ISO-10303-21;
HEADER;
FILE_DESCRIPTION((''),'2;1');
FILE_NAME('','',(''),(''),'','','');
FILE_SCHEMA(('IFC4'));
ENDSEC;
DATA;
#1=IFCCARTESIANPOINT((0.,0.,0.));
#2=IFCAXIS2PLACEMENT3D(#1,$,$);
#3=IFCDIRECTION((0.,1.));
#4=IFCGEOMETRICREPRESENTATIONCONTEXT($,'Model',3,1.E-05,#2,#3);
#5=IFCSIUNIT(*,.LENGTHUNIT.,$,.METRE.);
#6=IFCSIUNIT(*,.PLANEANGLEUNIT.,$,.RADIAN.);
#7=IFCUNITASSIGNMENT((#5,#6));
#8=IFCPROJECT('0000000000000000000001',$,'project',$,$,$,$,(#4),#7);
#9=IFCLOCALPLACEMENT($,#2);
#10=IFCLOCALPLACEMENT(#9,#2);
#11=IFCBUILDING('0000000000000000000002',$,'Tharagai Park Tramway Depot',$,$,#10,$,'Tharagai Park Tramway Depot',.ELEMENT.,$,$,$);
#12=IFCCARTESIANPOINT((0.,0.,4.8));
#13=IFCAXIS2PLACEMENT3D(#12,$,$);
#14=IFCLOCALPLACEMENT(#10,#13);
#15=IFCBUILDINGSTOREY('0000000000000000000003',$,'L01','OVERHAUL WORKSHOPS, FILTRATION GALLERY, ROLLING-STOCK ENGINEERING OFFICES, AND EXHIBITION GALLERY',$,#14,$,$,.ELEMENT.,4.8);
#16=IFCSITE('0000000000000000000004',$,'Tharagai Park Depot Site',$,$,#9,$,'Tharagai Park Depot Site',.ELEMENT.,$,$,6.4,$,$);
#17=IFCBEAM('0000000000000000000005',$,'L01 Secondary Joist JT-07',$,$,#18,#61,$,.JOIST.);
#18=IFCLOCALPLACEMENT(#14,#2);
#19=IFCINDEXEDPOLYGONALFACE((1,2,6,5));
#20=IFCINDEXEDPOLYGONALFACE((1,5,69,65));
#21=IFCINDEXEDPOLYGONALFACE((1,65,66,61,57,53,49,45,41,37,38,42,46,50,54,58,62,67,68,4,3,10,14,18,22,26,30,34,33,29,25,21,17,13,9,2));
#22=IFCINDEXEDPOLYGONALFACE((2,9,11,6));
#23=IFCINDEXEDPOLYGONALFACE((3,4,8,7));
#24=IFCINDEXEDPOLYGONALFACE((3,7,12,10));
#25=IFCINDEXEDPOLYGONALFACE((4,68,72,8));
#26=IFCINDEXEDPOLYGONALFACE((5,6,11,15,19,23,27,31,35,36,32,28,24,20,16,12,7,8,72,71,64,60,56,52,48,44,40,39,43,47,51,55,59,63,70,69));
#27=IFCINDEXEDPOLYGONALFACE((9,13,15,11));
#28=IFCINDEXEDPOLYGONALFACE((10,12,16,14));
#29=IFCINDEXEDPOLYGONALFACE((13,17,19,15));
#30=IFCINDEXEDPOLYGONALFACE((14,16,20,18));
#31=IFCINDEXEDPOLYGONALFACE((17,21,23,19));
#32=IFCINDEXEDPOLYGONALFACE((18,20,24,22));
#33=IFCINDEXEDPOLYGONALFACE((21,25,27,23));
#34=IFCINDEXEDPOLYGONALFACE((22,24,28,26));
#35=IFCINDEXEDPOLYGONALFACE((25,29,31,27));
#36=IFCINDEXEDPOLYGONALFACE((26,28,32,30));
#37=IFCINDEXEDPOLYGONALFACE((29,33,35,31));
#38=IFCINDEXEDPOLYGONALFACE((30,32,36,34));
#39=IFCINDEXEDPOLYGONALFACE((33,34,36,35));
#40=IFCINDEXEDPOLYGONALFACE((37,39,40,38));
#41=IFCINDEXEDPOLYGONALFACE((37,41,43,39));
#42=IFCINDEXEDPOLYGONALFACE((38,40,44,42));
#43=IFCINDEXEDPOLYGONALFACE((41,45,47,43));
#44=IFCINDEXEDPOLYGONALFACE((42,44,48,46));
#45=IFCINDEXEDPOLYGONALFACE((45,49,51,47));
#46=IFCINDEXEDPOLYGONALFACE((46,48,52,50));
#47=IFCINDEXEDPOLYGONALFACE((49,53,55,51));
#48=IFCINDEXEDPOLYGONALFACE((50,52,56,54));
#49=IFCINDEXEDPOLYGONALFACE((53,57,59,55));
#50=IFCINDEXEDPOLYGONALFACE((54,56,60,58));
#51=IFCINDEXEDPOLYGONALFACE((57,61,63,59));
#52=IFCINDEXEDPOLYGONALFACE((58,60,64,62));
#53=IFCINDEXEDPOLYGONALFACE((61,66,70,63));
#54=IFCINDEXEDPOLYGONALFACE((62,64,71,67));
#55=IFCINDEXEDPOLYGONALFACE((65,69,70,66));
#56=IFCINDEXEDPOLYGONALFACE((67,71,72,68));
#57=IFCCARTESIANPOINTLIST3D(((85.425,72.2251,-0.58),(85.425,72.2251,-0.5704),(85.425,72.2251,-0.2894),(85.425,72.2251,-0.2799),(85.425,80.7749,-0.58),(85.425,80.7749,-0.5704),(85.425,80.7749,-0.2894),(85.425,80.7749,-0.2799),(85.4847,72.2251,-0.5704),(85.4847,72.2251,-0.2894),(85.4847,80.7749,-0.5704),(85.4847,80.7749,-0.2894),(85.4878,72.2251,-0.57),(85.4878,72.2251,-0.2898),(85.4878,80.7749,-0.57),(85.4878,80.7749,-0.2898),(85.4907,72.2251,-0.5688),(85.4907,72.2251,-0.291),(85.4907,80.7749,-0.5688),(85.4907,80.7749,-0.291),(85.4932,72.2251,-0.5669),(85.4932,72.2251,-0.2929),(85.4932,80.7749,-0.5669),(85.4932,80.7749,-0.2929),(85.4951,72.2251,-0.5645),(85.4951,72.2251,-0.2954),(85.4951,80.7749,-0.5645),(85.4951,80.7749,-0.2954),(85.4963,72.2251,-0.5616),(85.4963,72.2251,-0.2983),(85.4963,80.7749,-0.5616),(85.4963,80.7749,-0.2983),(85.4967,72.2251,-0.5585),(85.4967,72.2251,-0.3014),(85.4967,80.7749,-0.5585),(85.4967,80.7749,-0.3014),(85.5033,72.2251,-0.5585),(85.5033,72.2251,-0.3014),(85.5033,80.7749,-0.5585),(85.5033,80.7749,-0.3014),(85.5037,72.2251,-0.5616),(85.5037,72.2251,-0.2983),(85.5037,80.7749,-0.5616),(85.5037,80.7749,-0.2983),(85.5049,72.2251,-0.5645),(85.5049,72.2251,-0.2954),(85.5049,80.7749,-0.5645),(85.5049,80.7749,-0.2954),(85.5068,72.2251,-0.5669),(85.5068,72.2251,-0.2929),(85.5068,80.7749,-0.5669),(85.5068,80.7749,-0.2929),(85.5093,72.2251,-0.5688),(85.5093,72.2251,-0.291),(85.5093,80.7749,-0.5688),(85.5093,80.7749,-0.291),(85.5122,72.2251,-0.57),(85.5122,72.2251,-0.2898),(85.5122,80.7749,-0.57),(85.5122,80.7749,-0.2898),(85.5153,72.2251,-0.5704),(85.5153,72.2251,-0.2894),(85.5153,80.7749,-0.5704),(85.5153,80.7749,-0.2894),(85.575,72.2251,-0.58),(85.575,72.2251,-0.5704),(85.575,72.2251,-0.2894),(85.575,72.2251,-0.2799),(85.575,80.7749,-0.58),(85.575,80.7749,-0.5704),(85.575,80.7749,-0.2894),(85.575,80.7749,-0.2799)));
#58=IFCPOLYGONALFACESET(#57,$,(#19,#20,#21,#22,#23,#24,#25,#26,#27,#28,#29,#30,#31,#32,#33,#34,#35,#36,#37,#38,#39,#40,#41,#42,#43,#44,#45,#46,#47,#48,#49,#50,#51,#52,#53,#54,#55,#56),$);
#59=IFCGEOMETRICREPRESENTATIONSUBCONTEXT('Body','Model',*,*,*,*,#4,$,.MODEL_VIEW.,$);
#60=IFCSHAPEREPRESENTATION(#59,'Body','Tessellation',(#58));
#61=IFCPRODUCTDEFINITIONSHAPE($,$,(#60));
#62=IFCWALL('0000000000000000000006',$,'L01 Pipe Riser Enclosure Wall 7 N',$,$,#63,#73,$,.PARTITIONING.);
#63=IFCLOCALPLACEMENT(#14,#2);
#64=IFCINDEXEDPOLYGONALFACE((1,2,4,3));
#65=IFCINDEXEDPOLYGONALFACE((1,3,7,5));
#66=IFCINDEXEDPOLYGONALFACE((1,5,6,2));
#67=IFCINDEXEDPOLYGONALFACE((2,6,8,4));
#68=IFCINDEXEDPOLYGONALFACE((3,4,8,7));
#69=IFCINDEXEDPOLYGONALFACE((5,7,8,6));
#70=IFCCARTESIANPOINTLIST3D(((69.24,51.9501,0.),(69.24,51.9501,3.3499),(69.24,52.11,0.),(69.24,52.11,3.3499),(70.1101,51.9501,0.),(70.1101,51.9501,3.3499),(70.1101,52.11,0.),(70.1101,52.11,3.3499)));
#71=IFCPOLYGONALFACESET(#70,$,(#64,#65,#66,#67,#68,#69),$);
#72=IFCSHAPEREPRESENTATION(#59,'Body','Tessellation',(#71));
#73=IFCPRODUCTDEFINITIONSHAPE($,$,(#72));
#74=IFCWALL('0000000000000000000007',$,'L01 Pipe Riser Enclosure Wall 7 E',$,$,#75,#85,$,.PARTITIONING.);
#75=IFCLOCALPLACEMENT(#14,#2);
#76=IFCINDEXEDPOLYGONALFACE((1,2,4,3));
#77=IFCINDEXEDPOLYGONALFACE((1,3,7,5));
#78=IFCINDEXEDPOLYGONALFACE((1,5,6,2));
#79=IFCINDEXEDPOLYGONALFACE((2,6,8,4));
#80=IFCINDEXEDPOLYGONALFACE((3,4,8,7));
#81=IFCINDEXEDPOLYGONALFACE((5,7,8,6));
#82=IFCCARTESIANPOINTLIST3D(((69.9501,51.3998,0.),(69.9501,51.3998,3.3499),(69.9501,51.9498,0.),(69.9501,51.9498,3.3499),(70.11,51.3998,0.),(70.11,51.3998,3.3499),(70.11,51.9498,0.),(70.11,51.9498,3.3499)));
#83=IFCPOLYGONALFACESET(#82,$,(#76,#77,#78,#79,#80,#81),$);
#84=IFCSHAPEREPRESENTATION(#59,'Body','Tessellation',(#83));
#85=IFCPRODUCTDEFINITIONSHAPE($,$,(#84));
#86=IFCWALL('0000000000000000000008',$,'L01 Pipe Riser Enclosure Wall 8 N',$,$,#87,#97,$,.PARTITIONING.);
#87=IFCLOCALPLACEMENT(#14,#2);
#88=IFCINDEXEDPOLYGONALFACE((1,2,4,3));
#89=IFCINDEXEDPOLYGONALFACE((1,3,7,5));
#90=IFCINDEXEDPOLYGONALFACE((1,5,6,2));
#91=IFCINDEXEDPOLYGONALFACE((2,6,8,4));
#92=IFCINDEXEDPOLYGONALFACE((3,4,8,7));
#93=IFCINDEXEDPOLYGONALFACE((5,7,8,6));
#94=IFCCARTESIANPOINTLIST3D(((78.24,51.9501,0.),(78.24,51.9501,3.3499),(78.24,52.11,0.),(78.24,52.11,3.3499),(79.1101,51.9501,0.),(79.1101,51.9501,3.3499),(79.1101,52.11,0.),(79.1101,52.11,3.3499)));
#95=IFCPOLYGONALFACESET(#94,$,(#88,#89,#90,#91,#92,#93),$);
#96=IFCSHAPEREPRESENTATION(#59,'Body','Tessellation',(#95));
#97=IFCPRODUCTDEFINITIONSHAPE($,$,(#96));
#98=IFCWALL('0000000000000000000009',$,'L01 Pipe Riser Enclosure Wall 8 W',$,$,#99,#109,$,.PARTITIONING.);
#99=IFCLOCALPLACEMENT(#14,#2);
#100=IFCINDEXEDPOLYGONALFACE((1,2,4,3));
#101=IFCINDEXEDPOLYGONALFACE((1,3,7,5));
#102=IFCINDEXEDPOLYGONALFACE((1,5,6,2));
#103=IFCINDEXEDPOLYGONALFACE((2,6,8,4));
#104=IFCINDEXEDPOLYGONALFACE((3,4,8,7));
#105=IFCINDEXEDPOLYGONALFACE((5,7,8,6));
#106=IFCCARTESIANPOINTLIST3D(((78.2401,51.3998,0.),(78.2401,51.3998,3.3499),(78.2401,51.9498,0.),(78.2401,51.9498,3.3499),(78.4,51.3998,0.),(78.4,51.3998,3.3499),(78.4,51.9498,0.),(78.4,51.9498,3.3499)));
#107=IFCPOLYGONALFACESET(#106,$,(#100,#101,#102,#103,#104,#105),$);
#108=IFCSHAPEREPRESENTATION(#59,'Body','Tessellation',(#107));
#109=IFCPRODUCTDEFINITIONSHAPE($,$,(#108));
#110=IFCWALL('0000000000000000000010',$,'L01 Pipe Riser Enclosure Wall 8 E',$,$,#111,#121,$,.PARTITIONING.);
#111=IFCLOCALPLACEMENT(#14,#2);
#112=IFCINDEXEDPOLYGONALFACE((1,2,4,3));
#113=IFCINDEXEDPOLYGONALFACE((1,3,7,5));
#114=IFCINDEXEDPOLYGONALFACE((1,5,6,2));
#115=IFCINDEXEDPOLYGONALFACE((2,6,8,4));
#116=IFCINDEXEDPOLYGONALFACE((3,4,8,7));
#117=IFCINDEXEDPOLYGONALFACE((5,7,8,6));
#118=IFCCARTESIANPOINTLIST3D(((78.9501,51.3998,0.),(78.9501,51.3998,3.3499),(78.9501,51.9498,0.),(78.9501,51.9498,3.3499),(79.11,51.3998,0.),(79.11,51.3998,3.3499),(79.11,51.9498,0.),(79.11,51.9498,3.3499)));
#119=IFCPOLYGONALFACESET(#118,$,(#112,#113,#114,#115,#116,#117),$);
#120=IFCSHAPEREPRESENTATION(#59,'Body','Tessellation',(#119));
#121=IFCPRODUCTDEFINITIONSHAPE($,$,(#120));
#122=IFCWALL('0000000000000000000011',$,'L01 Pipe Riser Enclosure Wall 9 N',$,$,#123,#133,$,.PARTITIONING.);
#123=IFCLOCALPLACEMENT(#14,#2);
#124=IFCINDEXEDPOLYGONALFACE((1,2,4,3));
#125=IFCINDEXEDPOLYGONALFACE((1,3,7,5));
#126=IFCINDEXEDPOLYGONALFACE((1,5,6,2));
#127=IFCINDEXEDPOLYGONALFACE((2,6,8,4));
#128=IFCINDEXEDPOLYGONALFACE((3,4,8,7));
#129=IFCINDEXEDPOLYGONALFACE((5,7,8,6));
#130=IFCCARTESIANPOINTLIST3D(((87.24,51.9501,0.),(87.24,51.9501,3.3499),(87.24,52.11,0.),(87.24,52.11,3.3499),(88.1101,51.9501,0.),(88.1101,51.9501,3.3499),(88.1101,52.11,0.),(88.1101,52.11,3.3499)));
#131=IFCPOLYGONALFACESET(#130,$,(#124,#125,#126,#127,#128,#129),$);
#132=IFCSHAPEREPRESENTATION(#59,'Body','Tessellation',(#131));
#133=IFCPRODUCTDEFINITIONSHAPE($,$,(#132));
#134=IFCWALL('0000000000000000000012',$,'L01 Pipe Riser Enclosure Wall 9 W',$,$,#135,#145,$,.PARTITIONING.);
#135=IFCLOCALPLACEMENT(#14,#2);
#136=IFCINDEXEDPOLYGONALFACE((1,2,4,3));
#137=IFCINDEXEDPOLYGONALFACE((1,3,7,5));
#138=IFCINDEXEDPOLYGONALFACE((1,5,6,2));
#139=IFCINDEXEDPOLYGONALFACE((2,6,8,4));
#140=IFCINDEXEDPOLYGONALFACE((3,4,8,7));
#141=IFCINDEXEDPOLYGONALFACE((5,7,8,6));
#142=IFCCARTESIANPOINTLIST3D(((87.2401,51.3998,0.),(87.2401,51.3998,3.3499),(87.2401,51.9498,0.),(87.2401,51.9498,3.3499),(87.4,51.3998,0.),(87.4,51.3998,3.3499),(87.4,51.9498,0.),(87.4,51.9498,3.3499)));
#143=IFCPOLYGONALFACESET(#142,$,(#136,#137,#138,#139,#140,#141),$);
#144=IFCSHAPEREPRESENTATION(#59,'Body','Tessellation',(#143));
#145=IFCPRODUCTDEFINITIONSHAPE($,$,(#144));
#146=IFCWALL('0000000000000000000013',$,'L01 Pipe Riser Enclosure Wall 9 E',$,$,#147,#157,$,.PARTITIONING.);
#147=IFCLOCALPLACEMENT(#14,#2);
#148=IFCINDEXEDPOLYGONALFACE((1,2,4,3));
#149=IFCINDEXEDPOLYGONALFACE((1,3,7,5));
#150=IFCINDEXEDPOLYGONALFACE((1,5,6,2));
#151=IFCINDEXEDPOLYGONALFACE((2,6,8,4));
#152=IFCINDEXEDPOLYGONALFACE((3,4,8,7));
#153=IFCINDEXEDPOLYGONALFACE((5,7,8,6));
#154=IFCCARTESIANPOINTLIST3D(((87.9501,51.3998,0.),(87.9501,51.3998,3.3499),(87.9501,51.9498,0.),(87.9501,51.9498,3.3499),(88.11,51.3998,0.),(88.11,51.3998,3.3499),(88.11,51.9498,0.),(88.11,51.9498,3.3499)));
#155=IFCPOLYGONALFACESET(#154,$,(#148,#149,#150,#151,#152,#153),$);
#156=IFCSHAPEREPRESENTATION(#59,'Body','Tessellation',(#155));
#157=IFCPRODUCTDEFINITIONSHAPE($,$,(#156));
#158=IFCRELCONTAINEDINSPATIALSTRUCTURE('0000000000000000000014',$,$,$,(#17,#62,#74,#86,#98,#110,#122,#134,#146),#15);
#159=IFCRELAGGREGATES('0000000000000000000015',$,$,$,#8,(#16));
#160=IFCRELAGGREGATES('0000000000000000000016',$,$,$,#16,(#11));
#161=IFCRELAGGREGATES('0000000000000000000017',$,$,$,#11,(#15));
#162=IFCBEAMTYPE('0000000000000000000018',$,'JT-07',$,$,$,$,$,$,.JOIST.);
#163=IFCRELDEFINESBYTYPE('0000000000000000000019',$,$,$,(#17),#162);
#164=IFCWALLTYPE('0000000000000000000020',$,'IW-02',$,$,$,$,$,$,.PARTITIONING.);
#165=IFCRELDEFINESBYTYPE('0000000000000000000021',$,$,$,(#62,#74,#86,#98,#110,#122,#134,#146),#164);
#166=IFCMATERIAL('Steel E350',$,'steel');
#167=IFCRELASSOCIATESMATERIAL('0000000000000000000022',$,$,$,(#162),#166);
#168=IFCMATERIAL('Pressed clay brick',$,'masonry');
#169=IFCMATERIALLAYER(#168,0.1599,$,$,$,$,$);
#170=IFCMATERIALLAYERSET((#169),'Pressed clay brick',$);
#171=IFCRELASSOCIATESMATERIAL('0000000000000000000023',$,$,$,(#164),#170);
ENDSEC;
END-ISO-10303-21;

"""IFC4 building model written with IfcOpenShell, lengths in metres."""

from ifc_helpers import new_model, si_unit, direction, frame, frame_2d, origin, origin_2d, place, context, subcontext, project, spatial, rectangle, i_section, extrude, material, layer, layer_set, material_profile, profile_set, type_object, element, save


model = new_model("IFC4")

# Units and contexts
model_context = context("Model", 3, precision=1e-05, world=origin(), true_north=direction((0.0, 1.0)))
body_context = subcontext(model_context, "Body", "Model", "MODEL_VIEW")
ifc_project = project(units=[si_unit("LENGTHUNIT", "METRE"), si_unit("PLANEANGLEUNIT", "RADIAN")], contexts=[model_context])

# Site, building, storey
site_placement = place(None, origin())
site = spatial("IfcSite", under=ifc_project, at=site_placement, Name="Tharagai Park Depot Site", LongName="Tharagai Park Depot Site", CompositionType="ELEMENT", RefElevation=6.4)
building_placement = place(site_placement, origin())
building = spatial("IfcBuilding", under=site, at=building_placement, Name="Tharagai Park Tramway Depot", LongName="Tharagai Park Tramway Depot", CompositionType="ELEMENT")
storey_placement = place(building_placement, frame((0.0, 0.0, 4.8)))
storey = spatial("IfcBuildingStorey", under=building, at=storey_placement, Name="L01", Description="OVERHAUL WORKSHOPS, FILTRATION GALLERY, ROLLING-STOCK ENGINEERING OFFICES, AND EXHIBITION GALLERY", CompositionType="ELEMENT", Elevation=4.8)

# Shared definitions
ifc_material_1 = material(Name="Steel E350", Category="steel")

# Beam
ifc_material_profile_1 = material_profile(ifc_material_1, i_section(OverallWidth=0.1499, OverallDepth=0.3, WebThickness=0.0066, FlangeThickness=0.0095, FilletRadius=0.012, at=origin_2d()), Name="ISLB 300")
ifc_profile_set_1 = profile_set([ifc_material_profile_1], Name="Steel E350")
beam_type_1 = type_object("IfcBeamType", Name="JT-07", PredefinedType="JOIST", material=ifc_profile_set_1)
for number, where, z_axis, x_axis, name in (
    (1, (85.5, 72.2251, -0.4299), (0.0, 1.0, 0.0), (-1.0, 0.0, 0.0), "L01 Secondary Joist JT-07"),
):
    element("IfcBeam", number, at=place(storey_placement, frame(where, z_axis=z_axis, x_axis=x_axis)), inside=storey, type_object=beam_type_1, Name=name, PredefinedType="JOIST", context=body_context, shape_type="SweptSolid", body=[
        extrude(i_section(OverallWidth=0.1499, OverallDepth=0.3, WebThickness=0.0066, FlangeThickness=0.0095, FilletRadius=0.012, at=origin_2d()), origin(), (0.0, 0.0, 1.0), 8.5498),
    ])

# Walls
ifc_material_2 = material(Name="Pressed clay brick", Category="masonry")
ifc_layer = layer(ifc_material_2, 0.1599)
ifc_layer_set = layer_set([ifc_layer], Name="Pressed clay brick")
wall_type = type_object("IfcWallType", Name="IW-02", PredefinedType="PARTITIONING", material=ifc_layer_set)
wall_1_placement = place(storey_placement, frame((69.24, 52.03, 0.0), z_axis=(0.0, 0.0, 1.0), x_axis=(1.0, 0.0, 0.0)))
element("IfcWall", 2, at=wall_1_placement, inside=storey, type_object=wall_type, Name="L01 Pipe Riser Enclosure Wall 7 N", PredefinedType="PARTITIONING", context=body_context, shape_type="SweptSolid", body=[
    extrude(rectangle(XDim=0.8701, YDim=0.1599, at=frame_2d((0.4351, 0.0))), origin(), (0.0, 0.0, 1.0), 3.3499),
])
wall_2_placement = place(storey_placement, frame((70.03, 51.3999, 0.0), z_axis=(0.0, 0.0, 1.0), x_axis=(0.0, 1.0, 0.0)))
element("IfcWall", 3, at=wall_2_placement, inside=storey, type_object=wall_type, Name="L01 Pipe Riser Enclosure Wall 7 E", PredefinedType="PARTITIONING", context=body_context, shape_type="SweptSolid", body=[
    extrude(rectangle(XDim=0.55, YDim=0.1599, at=frame_2d((0.2749, 0.0))), origin(), (0.0, 0.0, 1.0), 3.3499),
])
wall_3_placement = place(storey_placement, frame((78.24, 52.03, 0.0), z_axis=(0.0, 0.0, 1.0), x_axis=(1.0, 0.0, 0.0)))
element("IfcWall", 4, at=wall_3_placement, inside=storey, type_object=wall_type, Name="L01 Pipe Riser Enclosure Wall 8 N", PredefinedType="PARTITIONING", context=body_context, shape_type="SweptSolid", body=[
    extrude(rectangle(XDim=0.8701, YDim=0.1599, at=frame_2d((0.4351, 0.0))), origin(), (0.0, 0.0, 1.0), 3.3499),
])
for number, where, z_axis, x_axis, name in (
    (5, (78.3201, 51.3999, 0.0), (0.0, 0.0, 1.0), (0.0, 1.0, 0.0), "L01 Pipe Riser Enclosure Wall 8 W"),
    (6, (79.03, 51.3999, 0.0), (0.0, 0.0, 1.0), (0.0, 1.0, 0.0), "L01 Pipe Riser Enclosure Wall 8 E"),
):
    element("IfcWall", number, at=place(storey_placement, frame(where, z_axis=z_axis, x_axis=x_axis)), inside=storey, type_object=wall_type, Name=name, PredefinedType="PARTITIONING", context=body_context, shape_type="SweptSolid", body=[
        extrude(rectangle(XDim=0.55, YDim=0.1599, at=frame_2d((0.2749, 0.0))), origin(), (0.0, 0.0, 1.0), 3.3499),
    ])
wall_4_placement = place(storey_placement, frame((87.24, 52.03, 0.0), z_axis=(0.0, 0.0, 1.0), x_axis=(1.0, 0.0, 0.0)))
element("IfcWall", 7, at=wall_4_placement, inside=storey, type_object=wall_type, Name="L01 Pipe Riser Enclosure Wall 9 N", PredefinedType="PARTITIONING", context=body_context, shape_type="SweptSolid", body=[
    extrude(rectangle(XDim=0.8701, YDim=0.1599, at=frame_2d((0.4351, 0.0))), origin(), (0.0, 0.0, 1.0), 3.3499),
])
for number, where, z_axis, x_axis, name in (
    (8, (87.3201, 51.3999, 0.0), (0.0, 0.0, 1.0), (0.0, 1.0, 0.0), "L01 Pipe Riser Enclosure Wall 9 W"),
    (9, (88.03, 51.3999, 0.0), (0.0, 0.0, 1.0), (0.0, 1.0, 0.0), "L01 Pipe Riser Enclosure Wall 9 E"),
):
    element("IfcWall", number, at=place(storey_placement, frame(where, z_axis=z_axis, x_axis=x_axis)), inside=storey, type_object=wall_type, Name=name, PredefinedType="PARTITIONING", context=body_context, shape_type="SweptSolid", body=[
        extrude(rectangle(XDim=0.55, YDim=0.1599, at=frame_2d((0.2749, 0.0))), origin(), (0.0, 0.0, 1.0), 3.3499),
    ])

save(model, "model.ifc")
